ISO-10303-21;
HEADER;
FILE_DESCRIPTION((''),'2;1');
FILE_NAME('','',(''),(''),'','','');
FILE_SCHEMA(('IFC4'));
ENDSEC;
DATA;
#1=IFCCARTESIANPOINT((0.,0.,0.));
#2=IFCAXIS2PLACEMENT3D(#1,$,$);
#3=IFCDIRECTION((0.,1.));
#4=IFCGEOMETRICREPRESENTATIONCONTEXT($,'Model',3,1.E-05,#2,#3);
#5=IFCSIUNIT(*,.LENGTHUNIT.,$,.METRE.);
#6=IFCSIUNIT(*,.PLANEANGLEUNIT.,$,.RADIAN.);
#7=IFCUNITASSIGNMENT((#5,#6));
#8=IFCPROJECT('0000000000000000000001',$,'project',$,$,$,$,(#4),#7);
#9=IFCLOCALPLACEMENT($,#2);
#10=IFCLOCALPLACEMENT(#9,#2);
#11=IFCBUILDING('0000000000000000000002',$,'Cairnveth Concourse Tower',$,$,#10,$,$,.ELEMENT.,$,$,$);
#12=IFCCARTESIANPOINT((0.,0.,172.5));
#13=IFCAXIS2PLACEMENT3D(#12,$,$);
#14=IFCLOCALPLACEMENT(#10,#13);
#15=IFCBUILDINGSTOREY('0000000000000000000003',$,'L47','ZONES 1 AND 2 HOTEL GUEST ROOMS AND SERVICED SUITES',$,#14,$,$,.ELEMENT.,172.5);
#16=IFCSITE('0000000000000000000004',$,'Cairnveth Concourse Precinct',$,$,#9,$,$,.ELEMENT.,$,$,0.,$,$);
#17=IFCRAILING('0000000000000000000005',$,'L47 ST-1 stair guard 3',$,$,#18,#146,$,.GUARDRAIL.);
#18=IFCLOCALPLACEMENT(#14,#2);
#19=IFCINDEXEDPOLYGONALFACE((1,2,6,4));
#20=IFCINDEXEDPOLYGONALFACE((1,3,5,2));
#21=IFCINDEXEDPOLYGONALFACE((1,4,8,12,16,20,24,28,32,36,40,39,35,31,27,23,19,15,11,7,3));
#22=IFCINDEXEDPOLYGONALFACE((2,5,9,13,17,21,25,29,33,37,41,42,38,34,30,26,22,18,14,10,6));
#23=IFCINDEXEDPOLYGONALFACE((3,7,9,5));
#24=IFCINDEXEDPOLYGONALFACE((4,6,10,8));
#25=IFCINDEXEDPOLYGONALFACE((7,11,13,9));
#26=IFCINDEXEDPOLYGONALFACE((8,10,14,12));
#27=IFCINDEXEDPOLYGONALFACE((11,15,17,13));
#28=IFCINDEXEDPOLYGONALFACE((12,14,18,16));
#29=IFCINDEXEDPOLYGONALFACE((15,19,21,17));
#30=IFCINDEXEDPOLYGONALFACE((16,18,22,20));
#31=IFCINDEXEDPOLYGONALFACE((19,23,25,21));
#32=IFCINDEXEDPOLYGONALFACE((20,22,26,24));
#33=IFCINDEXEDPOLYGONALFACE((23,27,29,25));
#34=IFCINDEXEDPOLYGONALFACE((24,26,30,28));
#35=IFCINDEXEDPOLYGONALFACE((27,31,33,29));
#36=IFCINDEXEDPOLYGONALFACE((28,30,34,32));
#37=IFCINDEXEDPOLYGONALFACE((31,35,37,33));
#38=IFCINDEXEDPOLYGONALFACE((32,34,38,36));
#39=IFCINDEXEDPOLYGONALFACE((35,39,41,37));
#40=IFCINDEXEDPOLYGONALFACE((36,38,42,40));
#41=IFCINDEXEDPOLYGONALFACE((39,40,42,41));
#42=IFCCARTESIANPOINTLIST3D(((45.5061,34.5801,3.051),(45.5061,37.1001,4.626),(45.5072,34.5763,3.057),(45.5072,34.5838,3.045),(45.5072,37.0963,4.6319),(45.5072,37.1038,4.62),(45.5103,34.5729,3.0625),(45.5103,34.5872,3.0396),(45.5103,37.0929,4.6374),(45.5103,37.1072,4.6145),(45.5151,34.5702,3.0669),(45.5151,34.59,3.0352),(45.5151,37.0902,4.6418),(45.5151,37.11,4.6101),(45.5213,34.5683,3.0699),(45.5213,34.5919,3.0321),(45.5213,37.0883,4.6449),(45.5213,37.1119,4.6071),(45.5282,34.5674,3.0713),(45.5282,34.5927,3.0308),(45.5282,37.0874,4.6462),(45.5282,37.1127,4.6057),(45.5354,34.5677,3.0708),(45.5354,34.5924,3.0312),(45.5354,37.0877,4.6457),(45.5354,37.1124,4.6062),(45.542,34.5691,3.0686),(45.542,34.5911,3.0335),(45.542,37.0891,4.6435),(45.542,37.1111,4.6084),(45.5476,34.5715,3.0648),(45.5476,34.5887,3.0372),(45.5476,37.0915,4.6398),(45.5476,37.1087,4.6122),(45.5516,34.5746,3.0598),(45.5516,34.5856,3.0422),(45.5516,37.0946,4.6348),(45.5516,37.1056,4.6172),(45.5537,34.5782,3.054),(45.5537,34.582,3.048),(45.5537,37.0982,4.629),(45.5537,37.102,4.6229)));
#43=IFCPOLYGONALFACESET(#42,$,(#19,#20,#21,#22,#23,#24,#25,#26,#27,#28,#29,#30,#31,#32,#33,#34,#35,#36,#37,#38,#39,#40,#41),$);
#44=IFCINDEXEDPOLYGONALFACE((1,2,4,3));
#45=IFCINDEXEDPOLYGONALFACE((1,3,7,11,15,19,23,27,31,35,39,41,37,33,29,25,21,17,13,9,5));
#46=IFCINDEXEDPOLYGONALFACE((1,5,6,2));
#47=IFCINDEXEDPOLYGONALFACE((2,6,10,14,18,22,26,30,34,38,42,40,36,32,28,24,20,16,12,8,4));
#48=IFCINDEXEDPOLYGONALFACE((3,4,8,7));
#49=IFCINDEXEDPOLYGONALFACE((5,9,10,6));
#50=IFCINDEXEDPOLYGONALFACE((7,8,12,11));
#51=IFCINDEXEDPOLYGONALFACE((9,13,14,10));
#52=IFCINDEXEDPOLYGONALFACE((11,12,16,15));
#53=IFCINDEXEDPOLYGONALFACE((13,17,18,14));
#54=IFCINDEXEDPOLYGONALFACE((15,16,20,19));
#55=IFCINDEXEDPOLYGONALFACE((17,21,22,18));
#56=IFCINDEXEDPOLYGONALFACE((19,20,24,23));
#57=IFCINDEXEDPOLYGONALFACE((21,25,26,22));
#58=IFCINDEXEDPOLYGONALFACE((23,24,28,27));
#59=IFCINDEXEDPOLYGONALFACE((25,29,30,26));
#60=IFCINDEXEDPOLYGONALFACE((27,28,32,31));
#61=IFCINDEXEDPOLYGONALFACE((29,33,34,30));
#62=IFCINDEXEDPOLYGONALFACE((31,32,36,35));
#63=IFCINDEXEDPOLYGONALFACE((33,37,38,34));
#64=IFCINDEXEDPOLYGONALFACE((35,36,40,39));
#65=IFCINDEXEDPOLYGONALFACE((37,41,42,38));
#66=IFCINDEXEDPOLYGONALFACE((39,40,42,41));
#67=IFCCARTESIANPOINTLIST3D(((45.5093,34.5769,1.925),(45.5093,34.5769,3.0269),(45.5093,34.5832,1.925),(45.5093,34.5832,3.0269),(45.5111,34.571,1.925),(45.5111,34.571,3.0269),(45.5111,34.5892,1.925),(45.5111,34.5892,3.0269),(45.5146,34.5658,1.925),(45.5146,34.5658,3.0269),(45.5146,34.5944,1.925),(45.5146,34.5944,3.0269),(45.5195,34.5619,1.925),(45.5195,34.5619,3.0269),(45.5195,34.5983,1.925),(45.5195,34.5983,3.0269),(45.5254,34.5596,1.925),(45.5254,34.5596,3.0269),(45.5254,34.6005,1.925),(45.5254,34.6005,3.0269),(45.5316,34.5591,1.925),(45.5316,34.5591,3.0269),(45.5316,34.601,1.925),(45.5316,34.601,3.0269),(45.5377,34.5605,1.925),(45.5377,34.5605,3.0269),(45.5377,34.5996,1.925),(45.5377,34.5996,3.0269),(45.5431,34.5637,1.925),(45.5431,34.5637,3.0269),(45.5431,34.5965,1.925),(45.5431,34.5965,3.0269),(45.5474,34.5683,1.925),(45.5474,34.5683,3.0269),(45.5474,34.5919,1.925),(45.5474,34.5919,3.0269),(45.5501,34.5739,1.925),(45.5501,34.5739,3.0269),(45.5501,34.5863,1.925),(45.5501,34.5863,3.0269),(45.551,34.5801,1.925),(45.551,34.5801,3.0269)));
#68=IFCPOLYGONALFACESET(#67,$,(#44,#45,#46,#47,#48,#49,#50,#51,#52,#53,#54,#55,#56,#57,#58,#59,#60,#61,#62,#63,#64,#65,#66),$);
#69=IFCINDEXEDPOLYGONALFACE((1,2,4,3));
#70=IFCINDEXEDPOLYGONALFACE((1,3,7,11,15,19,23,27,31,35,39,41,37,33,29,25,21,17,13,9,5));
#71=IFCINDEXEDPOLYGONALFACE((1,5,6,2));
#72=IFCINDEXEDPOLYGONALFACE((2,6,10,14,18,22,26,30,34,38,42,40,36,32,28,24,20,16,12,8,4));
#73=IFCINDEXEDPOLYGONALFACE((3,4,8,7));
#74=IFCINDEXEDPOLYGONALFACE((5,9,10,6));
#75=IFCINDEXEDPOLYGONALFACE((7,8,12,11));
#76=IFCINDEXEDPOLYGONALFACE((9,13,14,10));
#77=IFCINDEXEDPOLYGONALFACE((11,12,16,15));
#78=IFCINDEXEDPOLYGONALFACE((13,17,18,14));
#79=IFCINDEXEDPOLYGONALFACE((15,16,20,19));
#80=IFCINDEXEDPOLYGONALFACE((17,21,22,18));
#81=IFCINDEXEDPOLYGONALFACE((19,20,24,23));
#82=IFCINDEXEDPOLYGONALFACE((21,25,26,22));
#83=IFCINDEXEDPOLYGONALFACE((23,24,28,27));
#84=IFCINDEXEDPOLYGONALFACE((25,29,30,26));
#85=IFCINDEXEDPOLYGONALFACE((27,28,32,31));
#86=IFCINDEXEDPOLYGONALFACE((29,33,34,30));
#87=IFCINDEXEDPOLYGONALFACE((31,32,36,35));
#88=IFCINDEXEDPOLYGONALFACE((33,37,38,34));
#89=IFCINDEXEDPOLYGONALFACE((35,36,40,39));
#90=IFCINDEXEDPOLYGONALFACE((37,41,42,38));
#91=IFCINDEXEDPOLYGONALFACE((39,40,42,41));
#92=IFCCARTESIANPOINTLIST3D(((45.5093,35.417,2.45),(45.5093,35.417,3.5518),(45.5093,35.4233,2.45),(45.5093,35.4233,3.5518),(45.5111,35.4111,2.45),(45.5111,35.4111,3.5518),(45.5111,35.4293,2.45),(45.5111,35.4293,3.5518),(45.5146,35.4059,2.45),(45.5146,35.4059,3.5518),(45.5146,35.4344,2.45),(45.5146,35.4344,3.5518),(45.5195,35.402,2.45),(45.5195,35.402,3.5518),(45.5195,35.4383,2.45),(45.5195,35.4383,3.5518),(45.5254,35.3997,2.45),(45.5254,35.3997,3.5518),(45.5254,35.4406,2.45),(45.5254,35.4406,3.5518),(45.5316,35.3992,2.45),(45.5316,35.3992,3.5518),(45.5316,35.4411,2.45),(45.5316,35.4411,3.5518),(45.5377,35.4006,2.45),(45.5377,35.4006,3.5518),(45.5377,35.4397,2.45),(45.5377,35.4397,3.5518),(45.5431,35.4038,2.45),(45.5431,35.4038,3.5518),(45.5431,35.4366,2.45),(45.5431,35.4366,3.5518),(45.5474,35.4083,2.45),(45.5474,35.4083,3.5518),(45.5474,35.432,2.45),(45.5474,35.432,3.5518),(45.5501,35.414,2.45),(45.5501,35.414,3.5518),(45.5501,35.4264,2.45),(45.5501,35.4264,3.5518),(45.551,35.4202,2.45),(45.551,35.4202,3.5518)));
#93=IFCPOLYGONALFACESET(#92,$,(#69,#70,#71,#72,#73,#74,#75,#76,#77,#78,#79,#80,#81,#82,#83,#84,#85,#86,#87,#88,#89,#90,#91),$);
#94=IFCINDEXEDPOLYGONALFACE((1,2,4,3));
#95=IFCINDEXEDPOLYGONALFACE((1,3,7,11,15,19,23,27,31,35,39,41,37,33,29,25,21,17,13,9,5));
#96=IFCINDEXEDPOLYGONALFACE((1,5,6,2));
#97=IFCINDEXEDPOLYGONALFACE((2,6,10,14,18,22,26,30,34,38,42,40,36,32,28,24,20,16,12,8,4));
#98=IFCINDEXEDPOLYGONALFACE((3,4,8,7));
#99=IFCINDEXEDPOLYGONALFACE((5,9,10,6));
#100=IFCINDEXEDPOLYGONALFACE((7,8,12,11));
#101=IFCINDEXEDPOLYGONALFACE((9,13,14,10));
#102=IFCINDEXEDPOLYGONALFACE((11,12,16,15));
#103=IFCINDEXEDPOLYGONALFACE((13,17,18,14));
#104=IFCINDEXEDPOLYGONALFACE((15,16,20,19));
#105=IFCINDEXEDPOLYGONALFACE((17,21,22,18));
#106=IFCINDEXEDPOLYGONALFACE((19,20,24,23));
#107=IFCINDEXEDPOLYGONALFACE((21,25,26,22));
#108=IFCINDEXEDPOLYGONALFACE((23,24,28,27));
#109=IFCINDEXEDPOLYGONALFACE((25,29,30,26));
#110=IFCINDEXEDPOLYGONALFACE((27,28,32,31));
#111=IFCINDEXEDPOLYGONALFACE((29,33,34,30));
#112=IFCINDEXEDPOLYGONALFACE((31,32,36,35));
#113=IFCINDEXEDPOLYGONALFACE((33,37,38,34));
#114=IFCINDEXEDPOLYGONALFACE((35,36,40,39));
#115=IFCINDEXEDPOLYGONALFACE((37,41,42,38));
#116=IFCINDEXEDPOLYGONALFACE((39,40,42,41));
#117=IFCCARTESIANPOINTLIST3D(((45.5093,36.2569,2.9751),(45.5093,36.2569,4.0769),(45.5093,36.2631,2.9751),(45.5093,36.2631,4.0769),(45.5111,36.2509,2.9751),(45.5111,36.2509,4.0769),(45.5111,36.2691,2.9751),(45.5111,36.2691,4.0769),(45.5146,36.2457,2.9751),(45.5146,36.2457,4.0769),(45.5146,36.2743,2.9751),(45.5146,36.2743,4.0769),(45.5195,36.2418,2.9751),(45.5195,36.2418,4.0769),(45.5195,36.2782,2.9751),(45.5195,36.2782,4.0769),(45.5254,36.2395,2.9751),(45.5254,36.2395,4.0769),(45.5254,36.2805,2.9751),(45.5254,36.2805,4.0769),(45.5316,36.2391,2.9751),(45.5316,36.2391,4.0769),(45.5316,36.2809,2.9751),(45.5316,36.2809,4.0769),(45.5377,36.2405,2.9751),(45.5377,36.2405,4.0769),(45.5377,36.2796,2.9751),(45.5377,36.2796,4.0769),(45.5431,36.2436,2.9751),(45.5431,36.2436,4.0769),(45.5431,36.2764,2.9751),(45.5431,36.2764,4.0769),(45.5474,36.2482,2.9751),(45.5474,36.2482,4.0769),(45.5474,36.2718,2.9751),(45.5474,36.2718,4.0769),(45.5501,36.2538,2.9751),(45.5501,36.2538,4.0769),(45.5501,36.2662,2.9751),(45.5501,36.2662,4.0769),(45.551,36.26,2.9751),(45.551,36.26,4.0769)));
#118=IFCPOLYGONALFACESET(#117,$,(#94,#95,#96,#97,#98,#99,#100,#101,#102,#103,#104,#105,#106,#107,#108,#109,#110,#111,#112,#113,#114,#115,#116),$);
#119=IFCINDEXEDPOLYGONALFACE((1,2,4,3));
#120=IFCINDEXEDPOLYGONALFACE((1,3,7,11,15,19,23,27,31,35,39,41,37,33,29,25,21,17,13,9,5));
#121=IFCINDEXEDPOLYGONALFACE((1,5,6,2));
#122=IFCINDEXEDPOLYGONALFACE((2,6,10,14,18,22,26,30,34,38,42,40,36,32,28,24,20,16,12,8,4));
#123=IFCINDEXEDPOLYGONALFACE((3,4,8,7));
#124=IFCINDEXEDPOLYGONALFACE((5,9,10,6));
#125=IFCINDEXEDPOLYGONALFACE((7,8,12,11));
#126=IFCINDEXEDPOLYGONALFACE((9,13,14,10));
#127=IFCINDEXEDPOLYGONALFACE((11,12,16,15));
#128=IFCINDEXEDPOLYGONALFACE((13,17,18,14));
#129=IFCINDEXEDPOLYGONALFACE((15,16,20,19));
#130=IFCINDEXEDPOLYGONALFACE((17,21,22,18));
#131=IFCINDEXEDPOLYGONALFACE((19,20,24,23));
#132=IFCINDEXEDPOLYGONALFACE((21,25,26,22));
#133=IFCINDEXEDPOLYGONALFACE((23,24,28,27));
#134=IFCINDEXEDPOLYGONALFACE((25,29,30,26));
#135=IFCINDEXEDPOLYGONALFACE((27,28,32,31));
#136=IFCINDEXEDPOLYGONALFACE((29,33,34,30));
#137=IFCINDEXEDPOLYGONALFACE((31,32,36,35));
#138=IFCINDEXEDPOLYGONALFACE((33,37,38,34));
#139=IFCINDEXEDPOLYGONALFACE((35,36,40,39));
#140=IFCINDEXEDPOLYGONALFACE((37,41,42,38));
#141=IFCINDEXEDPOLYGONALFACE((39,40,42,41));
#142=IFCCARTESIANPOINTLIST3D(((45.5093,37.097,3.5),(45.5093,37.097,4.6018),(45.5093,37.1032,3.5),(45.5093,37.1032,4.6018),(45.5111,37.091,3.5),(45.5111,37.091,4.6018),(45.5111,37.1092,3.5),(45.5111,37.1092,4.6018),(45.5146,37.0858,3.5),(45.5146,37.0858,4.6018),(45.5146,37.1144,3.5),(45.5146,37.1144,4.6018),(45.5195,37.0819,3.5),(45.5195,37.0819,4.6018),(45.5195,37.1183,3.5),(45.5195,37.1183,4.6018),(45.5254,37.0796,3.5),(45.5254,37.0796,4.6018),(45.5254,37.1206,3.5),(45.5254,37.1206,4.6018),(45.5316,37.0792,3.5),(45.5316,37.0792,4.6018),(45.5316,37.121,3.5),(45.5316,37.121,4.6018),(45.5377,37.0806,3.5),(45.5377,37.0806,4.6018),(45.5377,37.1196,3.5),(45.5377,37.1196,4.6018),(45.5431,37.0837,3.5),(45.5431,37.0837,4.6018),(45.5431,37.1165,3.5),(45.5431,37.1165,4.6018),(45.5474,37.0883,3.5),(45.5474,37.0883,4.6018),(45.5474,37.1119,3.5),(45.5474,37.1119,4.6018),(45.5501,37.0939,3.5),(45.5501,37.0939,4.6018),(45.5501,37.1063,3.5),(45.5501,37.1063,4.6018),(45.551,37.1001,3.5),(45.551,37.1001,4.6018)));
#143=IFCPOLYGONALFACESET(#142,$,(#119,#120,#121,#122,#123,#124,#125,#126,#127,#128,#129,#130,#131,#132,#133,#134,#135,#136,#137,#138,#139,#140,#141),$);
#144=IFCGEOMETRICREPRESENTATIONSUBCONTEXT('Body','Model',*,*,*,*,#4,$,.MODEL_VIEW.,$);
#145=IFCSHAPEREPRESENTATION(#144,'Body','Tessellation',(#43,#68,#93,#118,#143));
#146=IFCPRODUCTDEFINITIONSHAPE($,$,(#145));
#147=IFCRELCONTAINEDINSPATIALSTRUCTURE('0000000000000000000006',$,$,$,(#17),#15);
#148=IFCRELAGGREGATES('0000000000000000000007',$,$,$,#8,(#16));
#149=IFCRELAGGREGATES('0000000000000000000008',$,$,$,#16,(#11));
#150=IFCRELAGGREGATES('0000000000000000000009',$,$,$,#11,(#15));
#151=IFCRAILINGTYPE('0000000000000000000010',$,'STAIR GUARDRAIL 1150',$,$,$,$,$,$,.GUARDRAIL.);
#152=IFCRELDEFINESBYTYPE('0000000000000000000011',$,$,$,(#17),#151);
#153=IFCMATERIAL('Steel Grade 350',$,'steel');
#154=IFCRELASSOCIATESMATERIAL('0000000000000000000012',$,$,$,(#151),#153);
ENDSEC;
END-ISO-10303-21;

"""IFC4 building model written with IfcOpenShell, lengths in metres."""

from ifc_helpers import new_model, si_unit, direction, frame, origin, origin_2d, place, context, subcontext, project, spatial, circle, extrude, material, type_object, element, save


model = new_model("IFC4")

# Units and contexts
model_context = context("Model", 3, precision=1e-05, world=origin(), true_north=direction((0.0, 1.0)))
body_context = subcontext(model_context, "Body", "Model", "MODEL_VIEW")
ifc_project = project(units=[si_unit("LENGTHUNIT", "METRE"), si_unit("PLANEANGLEUNIT", "RADIAN")], contexts=[model_context])

# Site, building, storey
site_placement = place(None, origin())
site = spatial("IfcSite", under=ifc_project, at=site_placement, Name="Cairnveth Concourse Precinct", CompositionType="ELEMENT", RefElevation=0.0)
building_placement = place(site_placement, origin())
building = spatial("IfcBuilding", under=site, at=building_placement, Name="Cairnveth Concourse Tower", CompositionType="ELEMENT")
storey_placement = place(building_placement, frame((0.0, 0.0, 172.5)))
storey = spatial("IfcBuildingStorey", under=building, at=storey_placement, Name="L47", Description="ZONES 1 AND 2 HOTEL GUEST ROOMS AND SERVICED SUITES", CompositionType="ELEMENT", Elevation=172.5)

# Shared definitions
ifc_material_1 = material(Name="Steel Grade 350", Category="steel")

# Railing
railing_type_1 = type_object("IfcRailingType", Name="STAIR GUARDRAIL 1150", PredefinedType="GUARDRAIL", material=ifc_material_1)
railing_1_placement = place(storey_placement, frame((45.53, 34.5801, 1.925)))
element("IfcRailing", 1, at=railing_1_placement, inside=storey, type_object=railing_type_1, Name="L47 ST-1 stair guard 3", PredefinedType="GUARDRAIL", context=body_context, shape_type="SweptSolid", body=[
    extrude(circle(Radius=0.0239, at=origin_2d()), frame((0.0, 0.0, 1.126), z_axis=(0.0, 0.848008, 0.529984), x_axis=(-1.0, 0.0, 0.0)), (0.0, 0.0, 1.0), 2.9717),
    extrude(circle(Radius=0.021, at=origin_2d()), origin(), (0.0, 0.0, 1.0), 1.1018),
    extrude(circle(Radius=0.021, at=origin_2d()), frame((0.0, 0.8401, 0.5249)), (0.0, 0.0, 1.0), 1.1018),
    extrude(circle(Radius=0.021, at=origin_2d()), frame((0.0, 1.6799, 1.05)), (0.0, 0.0, 1.0), 1.1018),
    extrude(circle(Radius=0.021, at=origin_2d()), frame((0.0, 2.52, 1.575)), (0.0, 0.0, 1.0), 1.1018),
])

save(model, "model.ifc")
